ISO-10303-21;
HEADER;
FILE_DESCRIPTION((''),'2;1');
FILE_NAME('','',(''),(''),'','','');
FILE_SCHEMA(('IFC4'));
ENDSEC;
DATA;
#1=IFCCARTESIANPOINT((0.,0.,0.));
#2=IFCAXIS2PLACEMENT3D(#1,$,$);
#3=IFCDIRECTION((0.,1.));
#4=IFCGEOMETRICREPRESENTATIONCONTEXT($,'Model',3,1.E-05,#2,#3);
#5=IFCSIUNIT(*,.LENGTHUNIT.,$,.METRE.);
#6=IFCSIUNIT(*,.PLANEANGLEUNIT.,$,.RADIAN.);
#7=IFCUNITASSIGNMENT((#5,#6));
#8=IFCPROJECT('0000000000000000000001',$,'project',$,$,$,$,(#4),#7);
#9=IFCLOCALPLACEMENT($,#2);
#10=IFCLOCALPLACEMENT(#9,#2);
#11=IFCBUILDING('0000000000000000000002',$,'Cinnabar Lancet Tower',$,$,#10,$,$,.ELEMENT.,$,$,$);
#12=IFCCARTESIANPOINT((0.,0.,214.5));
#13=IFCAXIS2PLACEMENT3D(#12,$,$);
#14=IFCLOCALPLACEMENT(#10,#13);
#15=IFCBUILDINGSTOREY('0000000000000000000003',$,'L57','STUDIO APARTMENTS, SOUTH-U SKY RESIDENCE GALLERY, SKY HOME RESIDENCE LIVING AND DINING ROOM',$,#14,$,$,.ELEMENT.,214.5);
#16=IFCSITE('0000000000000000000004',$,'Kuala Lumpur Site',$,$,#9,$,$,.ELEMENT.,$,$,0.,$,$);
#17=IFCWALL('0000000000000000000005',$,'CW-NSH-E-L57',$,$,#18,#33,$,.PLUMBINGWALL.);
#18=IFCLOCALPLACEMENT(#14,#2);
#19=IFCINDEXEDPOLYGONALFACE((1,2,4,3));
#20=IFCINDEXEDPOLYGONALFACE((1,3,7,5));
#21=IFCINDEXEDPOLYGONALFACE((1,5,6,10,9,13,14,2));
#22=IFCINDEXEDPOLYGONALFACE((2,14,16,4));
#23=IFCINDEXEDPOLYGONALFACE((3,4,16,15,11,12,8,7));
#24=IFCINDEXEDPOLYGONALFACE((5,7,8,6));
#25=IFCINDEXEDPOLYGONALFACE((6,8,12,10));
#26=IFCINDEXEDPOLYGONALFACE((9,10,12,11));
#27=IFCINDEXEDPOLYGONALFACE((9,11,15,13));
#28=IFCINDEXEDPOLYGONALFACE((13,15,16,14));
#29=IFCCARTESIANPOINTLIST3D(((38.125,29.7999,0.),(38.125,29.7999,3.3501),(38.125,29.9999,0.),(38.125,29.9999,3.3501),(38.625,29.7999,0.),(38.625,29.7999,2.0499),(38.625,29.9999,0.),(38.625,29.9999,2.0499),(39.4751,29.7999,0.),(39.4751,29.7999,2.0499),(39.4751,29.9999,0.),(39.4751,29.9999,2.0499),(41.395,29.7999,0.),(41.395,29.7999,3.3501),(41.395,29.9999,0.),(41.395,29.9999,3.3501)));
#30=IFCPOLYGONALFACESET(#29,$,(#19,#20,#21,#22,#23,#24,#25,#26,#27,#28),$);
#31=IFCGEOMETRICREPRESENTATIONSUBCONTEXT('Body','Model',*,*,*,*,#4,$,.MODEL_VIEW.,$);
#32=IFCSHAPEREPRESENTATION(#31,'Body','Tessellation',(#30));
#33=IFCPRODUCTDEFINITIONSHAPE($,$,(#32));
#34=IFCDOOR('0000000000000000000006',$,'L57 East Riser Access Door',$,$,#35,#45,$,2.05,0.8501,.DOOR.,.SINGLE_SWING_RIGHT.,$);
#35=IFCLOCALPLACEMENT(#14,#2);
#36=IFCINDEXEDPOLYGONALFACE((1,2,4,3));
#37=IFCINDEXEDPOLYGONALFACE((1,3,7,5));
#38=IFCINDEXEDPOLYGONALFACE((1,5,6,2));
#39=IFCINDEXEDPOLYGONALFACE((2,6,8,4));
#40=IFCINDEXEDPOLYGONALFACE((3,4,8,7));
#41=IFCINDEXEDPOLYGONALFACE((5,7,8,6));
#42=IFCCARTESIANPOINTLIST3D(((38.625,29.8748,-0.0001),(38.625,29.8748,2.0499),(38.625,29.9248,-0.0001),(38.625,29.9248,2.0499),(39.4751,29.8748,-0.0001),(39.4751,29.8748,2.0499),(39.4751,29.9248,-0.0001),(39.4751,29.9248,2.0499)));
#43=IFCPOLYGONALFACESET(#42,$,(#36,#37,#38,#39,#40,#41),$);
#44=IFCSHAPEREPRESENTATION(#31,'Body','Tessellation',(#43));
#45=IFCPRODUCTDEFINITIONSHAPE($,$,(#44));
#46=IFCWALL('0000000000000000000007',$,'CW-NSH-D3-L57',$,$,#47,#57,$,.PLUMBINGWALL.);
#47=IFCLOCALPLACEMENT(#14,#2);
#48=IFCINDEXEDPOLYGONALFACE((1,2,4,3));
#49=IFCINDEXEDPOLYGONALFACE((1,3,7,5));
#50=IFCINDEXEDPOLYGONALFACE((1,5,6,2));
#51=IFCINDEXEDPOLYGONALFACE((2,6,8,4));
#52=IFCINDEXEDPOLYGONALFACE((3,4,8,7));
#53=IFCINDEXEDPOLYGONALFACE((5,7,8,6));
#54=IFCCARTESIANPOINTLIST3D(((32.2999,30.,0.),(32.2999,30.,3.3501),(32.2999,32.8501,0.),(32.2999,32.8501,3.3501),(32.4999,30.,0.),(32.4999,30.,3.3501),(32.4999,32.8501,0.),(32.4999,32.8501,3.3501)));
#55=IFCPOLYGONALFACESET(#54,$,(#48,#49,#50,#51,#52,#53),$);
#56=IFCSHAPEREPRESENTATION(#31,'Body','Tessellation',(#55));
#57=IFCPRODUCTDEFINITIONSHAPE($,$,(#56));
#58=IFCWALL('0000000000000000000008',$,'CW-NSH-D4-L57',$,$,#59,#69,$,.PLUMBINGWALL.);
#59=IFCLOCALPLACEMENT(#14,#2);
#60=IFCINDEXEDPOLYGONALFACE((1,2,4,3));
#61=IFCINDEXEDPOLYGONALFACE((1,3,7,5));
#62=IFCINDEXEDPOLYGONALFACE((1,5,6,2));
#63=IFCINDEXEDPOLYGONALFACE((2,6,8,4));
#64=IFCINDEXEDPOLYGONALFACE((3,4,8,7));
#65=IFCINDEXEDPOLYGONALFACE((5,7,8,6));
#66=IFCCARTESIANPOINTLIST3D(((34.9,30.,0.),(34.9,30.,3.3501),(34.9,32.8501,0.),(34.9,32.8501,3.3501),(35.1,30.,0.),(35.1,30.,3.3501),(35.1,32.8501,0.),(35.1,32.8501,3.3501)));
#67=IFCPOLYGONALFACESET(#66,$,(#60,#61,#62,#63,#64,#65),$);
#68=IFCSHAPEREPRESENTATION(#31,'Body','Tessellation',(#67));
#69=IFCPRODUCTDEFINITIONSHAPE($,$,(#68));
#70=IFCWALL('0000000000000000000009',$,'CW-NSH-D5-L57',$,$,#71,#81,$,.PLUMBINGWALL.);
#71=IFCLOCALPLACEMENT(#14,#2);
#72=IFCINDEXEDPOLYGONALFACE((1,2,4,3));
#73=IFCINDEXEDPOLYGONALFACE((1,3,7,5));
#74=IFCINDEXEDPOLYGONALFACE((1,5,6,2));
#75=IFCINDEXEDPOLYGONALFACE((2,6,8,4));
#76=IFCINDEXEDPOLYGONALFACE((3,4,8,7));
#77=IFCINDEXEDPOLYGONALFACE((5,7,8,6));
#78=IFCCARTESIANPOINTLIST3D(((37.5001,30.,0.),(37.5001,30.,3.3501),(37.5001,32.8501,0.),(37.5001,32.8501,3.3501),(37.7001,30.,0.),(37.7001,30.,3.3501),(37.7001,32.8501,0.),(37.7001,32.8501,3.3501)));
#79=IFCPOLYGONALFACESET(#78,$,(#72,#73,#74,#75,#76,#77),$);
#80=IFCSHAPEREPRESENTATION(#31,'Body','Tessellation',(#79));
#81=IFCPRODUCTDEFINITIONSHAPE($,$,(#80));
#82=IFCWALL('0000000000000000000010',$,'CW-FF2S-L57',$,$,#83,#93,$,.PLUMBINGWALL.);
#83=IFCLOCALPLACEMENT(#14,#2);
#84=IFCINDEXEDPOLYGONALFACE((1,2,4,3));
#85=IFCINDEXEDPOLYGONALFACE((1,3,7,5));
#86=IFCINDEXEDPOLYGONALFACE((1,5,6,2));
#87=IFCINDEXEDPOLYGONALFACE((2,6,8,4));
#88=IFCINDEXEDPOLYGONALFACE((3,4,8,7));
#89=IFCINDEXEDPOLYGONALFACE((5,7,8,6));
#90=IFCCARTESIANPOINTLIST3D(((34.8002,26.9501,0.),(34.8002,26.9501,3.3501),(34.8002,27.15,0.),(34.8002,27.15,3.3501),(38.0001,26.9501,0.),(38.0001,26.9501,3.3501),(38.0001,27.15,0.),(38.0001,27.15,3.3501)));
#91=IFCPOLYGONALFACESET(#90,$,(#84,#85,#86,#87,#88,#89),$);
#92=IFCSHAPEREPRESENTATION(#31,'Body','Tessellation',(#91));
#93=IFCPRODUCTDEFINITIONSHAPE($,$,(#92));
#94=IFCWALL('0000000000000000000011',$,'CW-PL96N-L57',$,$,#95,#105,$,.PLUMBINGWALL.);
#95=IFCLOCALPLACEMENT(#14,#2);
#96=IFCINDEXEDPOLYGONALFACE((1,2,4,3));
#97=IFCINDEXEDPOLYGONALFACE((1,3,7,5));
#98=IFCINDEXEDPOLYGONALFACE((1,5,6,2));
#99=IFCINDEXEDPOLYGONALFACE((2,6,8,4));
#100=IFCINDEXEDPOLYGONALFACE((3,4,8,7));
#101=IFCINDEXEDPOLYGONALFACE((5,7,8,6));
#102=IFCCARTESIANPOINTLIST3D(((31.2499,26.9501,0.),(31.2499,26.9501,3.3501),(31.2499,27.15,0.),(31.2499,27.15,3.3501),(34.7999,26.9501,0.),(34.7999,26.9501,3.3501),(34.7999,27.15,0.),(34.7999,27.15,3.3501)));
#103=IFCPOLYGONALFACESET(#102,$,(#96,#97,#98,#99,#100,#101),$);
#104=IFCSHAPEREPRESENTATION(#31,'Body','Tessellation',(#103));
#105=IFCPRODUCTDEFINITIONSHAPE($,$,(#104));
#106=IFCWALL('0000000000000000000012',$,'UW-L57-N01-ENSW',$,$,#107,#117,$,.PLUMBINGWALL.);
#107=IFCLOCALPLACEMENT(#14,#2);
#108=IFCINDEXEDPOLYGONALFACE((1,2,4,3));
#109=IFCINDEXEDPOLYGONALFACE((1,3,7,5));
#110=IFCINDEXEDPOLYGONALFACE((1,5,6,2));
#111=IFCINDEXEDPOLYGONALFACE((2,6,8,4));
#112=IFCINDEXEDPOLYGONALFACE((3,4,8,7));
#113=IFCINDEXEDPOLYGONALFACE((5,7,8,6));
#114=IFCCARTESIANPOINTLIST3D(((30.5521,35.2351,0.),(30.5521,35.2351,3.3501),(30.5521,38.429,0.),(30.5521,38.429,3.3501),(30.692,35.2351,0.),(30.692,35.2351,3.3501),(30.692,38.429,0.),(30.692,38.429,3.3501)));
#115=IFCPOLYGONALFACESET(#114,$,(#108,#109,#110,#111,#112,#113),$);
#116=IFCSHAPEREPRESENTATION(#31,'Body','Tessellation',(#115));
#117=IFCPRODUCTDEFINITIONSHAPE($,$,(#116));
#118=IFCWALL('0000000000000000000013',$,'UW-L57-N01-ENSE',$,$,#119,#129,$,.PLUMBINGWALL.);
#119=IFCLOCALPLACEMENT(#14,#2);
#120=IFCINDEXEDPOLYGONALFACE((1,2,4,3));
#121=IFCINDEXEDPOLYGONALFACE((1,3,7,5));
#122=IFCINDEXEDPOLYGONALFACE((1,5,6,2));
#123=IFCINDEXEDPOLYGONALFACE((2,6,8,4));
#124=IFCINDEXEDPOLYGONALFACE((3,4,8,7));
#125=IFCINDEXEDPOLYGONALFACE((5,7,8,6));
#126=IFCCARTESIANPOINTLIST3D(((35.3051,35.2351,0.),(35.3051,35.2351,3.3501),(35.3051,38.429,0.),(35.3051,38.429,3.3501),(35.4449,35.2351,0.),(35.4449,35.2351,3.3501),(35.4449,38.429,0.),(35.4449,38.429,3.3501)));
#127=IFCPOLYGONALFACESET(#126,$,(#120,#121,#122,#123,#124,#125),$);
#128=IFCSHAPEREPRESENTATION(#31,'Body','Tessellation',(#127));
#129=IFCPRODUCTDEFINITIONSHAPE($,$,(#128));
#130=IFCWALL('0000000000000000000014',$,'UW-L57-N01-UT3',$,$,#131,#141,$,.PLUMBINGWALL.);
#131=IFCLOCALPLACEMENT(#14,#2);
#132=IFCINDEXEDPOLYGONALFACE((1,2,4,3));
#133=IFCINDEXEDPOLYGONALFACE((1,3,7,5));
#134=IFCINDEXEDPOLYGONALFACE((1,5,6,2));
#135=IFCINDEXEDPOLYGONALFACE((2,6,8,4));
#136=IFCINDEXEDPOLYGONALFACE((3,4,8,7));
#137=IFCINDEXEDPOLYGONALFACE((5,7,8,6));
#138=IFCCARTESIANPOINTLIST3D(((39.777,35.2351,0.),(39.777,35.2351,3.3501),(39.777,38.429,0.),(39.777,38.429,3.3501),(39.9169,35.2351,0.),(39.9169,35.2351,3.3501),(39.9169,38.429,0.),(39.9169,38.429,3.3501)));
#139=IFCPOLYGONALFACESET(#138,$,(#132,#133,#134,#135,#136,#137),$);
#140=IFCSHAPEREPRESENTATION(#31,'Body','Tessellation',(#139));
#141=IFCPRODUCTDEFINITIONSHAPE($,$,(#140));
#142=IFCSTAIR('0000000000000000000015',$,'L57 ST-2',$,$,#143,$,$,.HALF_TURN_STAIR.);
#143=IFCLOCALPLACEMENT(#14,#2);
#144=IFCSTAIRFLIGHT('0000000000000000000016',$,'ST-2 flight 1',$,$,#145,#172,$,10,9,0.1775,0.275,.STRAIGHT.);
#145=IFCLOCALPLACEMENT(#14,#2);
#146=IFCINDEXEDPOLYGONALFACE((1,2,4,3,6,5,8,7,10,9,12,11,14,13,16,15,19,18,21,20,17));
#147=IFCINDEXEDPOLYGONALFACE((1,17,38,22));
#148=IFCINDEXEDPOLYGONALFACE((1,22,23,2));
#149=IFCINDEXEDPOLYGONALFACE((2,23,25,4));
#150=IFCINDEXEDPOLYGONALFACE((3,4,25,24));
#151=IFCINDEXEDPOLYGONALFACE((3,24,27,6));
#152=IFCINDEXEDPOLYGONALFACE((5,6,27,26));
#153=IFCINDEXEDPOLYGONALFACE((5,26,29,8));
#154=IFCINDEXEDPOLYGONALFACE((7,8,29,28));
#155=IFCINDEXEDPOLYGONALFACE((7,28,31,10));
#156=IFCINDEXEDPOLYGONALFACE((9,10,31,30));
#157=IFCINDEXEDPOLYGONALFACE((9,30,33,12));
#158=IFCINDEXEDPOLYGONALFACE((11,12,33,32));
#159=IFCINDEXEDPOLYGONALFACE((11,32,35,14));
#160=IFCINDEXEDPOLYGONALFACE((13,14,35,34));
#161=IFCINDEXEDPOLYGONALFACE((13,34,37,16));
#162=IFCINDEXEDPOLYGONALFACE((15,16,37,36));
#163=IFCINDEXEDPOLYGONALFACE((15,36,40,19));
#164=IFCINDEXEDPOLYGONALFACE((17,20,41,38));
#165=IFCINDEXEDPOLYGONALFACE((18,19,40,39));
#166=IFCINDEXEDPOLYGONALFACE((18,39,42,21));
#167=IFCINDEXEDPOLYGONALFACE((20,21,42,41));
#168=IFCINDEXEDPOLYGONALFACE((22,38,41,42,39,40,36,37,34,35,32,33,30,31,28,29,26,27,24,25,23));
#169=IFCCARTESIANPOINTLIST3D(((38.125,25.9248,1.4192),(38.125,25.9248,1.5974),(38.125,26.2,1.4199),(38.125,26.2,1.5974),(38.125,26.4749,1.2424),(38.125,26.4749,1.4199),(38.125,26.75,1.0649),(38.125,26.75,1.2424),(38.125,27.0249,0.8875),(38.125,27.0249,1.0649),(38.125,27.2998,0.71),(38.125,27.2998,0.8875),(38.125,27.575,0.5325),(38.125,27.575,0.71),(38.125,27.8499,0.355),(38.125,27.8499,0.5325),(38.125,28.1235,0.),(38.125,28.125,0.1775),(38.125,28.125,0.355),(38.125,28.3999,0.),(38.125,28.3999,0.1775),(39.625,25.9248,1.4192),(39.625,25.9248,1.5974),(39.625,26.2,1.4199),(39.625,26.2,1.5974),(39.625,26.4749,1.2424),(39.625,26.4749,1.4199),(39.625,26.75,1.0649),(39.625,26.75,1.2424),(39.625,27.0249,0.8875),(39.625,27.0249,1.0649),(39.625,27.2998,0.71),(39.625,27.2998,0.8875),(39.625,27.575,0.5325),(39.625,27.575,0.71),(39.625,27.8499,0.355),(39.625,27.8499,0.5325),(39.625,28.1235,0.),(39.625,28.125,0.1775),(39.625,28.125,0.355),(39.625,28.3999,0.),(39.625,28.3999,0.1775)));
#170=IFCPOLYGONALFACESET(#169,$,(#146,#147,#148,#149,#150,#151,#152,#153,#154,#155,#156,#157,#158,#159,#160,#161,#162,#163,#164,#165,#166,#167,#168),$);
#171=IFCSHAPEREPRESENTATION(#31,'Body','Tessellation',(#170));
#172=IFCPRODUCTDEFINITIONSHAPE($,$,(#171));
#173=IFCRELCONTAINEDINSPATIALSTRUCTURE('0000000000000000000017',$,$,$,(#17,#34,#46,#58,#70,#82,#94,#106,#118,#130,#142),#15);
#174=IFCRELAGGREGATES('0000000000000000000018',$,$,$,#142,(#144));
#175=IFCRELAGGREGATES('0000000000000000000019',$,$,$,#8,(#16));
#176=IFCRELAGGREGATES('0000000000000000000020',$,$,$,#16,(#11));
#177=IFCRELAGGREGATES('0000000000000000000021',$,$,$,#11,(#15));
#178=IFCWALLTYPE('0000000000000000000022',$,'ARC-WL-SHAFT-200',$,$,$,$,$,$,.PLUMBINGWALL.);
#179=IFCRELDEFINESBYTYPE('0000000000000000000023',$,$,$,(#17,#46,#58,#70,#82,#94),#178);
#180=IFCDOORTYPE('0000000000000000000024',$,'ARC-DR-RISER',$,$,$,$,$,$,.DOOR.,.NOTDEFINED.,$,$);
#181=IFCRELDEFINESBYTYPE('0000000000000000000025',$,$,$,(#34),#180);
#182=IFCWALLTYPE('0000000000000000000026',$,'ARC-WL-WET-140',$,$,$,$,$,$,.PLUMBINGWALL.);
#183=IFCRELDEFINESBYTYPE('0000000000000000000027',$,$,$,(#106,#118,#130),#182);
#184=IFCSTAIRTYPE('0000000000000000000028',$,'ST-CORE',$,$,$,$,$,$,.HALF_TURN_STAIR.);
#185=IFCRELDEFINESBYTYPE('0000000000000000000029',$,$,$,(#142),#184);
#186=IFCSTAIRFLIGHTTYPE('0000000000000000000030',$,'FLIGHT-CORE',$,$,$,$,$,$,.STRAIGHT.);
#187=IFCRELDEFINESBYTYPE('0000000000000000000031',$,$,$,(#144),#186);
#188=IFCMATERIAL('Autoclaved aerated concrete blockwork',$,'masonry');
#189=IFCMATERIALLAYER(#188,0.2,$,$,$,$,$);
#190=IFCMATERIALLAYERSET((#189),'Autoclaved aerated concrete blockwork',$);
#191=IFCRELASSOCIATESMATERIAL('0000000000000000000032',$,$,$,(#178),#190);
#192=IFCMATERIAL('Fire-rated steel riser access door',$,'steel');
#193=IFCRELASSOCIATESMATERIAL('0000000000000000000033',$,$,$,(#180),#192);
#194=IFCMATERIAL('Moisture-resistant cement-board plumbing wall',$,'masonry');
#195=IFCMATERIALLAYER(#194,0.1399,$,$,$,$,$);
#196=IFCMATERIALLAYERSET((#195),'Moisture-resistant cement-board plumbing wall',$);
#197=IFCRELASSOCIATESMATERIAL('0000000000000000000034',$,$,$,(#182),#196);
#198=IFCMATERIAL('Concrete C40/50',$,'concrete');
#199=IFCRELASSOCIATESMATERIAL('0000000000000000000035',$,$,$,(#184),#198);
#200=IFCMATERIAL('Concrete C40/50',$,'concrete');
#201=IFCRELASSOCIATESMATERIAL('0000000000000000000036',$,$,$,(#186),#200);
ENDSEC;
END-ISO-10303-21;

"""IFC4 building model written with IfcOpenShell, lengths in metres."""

from ifc_helpers import new_model, si_unit, direction, frame, frame_2d, origin, place, context, subcontext, project, spatial, polyline, rectangle, outline, extrude, material, layer, layer_set, type_object, element, fill, aggregate, save


model = new_model("IFC4")

# Units and contexts
model_context = context("Model", 3, precision=1e-05, world=origin(), true_north=direction((0.0, 1.0)))
body_context = subcontext(model_context, "Body", "Model", "MODEL_VIEW")
ifc_project = project(units=[si_unit("LENGTHUNIT", "METRE"), si_unit("PLANEANGLEUNIT", "RADIAN")], contexts=[model_context])

# Site, building, storey
site_placement = place(None, origin())
site = spatial("IfcSite", under=ifc_project, at=site_placement, Name="Kuala Lumpur Site", CompositionType="ELEMENT", RefElevation=0.0)
building_placement = place(site_placement, origin())
building = spatial("IfcBuilding", under=site, at=building_placement, Name="Cinnabar Lancet Tower", CompositionType="ELEMENT")
storey_placement = place(building_placement, frame((0.0, 0.0, 214.5)))
storey = spatial("IfcBuildingStorey", under=building, at=storey_placement, Name="L57", Description="STUDIO APARTMENTS, SOUTH-U SKY RESIDENCE GALLERY, SKY HOME RESIDENCE LIVING AND DINING ROOM", CompositionType="ELEMENT", Elevation=214.5)

# Shared definitions
ifc_material_1 = material(Name="Autoclaved aerated concrete blockwork", Category="masonry")
ifc_layer_1 = layer(ifc_material_1, 0.2)
ifc_layer_set_1 = layer_set([ifc_layer_1], Name="Autoclaved aerated concrete blockwork")
wall_type_1 = type_object("IfcWallType", Name="ARC-WL-SHAFT-200", PredefinedType="PLUMBINGWALL", material=ifc_layer_set_1)

# Wall, opening, door
wall_1_placement = place(storey_placement, frame((38.125, 29.8999, 0.0), z_axis=(0.0, 0.0, 1.0), x_axis=(1.0, 0.0, 0.0)))
wall_1 = element("IfcWall", 1, at=wall_1_placement, inside=storey, type_object=wall_type_1, Name="CW-NSH-E-L57", PredefinedType="PLUMBINGWALL", context=body_context, shape_type="SweptSolid", body=[
    extrude(rectangle(XDim=3.27, YDim=0.2, at=frame_2d((1.635, 0.0))), origin(), (0.0, 0.0, 1.0), 3.3501),
])
opening_1_placement = place(wall_1_placement, frame((0.5, 0.0, 0.0)))
opening_1 = element("IfcOpeningElement", 2, at=opening_1_placement, cuts=wall_1, PredefinedType="OPENING", context=body_context, shape_type="SweptSolid", body=[
    extrude(rectangle(XDim=0.8501, YDim=2.05, at=frame_2d((0.425, 1.0249))), frame((0.0, 0.1099, 0.0), z_axis=(0.0, -1.0, 0.0), x_axis=(1.0, 0.0, 0.0)), (0.0, 0.0, 1.0), 0.22),
])
ifc_material_2 = material(Name="Fire-rated steel riser access door", Category="steel")
door_type_1 = type_object("IfcDoorType", Name="ARC-DR-RISER", OperationType="NOTDEFINED", PredefinedType="DOOR", material=ifc_material_2)
door_1_placement = place(opening_1_placement, origin())
door_1 = element("IfcDoor", 3, at=door_1_placement, inside=storey, type_object=door_type_1, Name="L57 East Riser Access Door", OperationType="SINGLE_SWING_RIGHT", OverallHeight=2.05, OverallWidth=0.8501, PredefinedType="DOOR", context=body_context, shape_type="SweptSolid", body=[
    extrude(rectangle(XDim=0.8501, YDim=2.05, at=frame_2d((0.425, 1.0249))), frame((0.0, 0.0249, 0.0), z_axis=(0.0, -1.0, 0.0), x_axis=(1.0, 0.0, 0.0)), (0.0, 0.0, 1.0), 0.05),
])
fill(opening_1, door_1)

# Walls
for number, where, z_axis, x_axis, name in (
    (4, (32.3999, 30.0, 0.0), (0.0, 0.0, 1.0), (0.0, 1.0, 0.0), "CW-NSH-D3-L57"),
    (5, (35.0, 30.0, 0.0), (0.0, 0.0, 1.0), (0.0, 1.0, 0.0), "CW-NSH-D4-L57"),
    (6, (37.6001, 30.0, 0.0), (0.0, 0.0, 1.0), (0.0, 1.0, 0.0), "CW-NSH-D5-L57"),
):
    element("IfcWall", number, at=place(storey_placement, frame(where, z_axis=z_axis, x_axis=x_axis)), inside=storey, type_object=wall_type_1, Name=name, PredefinedType="PLUMBINGWALL", context=body_context, shape_type="SweptSolid", body=[
        extrude(rectangle(XDim=2.8501, YDim=0.2, at=frame_2d((1.425, 0.0))), origin(), (0.0, 0.0, 1.0), 3.3501),
    ])

# Walls
wall_2_placement = place(storey_placement, frame((34.8, 27.05, 0.0), z_axis=(0.0, 0.0, 1.0), x_axis=(1.0, 0.0, 0.0)))
element("IfcWall", 7, at=wall_2_placement, inside=storey, type_object=wall_type_1, Name="CW-FF2S-L57", PredefinedType="PLUMBINGWALL", context=body_context, shape_type="SweptSolid", body=[
    extrude(rectangle(XDim=3.2, YDim=0.2, at=frame_2d((1.6001, 0.0))), origin(), (0.0, 0.0, 1.0), 3.3501),
])
wall_3_placement = place(storey_placement, frame((31.25, 27.05, 0.0), z_axis=(0.0, 0.0, 1.0), x_axis=(1.0, 0.0, 0.0)))
element("IfcWall", 8, at=wall_3_placement, inside=storey, type_object=wall_type_1, Name="CW-PL96N-L57", PredefinedType="PLUMBINGWALL", context=body_context, shape_type="SweptSolid", body=[
    extrude(rectangle(XDim=3.55, YDim=0.2, at=frame_2d((1.7749, 0.0))), origin(), (0.0, 0.0, 1.0), 3.3501),
])
ifc_material_3 = material(Name="Moisture-resistant cement-board plumbing wall", Category="masonry")
ifc_layer_2 = layer(ifc_material_3, 0.1399)
ifc_layer_set_2 = layer_set([ifc_layer_2], Name="Moisture-resistant cement-board plumbing wall")
wall_type_2 = type_object("IfcWallType", Name="ARC-WL-WET-140", PredefinedType="PLUMBINGWALL", material=ifc_layer_set_2)
for number, where, z_axis, x_axis, name in (
    (9, (30.6221, 35.2351, 0.0), (0.0, 0.0, 1.0), (0.0, 1.0, 0.0), "UW-L57-N01-ENSW"),
    (10, (35.375, 35.2351, 0.0), (0.0, 0.0, 1.0), (0.0, 1.0, 0.0), "UW-L57-N01-ENSE"),
    (11, (39.8469, 35.2351, 0.0), (0.0, 0.0, 1.0), (0.0, 1.0, 0.0), "UW-L57-N01-UT3"),
):
    element("IfcWall", number, at=place(storey_placement, frame(where, z_axis=z_axis, x_axis=x_axis)), inside=storey, type_object=wall_type_2, Name=name, PredefinedType="PLUMBINGWALL", context=body_context, shape_type="SweptSolid", body=[
        extrude(rectangle(XDim=3.1938, YDim=0.1399, at=frame_2d((1.5969, 0.0))), origin(), (0.0, 0.0, 1.0), 3.3501),
    ])

# Stair, stair flight
ifc_material_4 = material(Name="Concrete C40/50", Category="concrete")
stair_type = type_object("IfcStairType", Name="ST-CORE", PredefinedType="HALF_TURN_STAIR", material=ifc_material_4)
stair_placement = place(storey_placement, origin())
stair = element("IfcStair", 12, at=stair_placement, inside=storey, type_object=stair_type, Name="L57 ST-2", PredefinedType="HALF_TURN_STAIR")
ifc_material_5 = material(Name="Concrete C40/50", Category="concrete")
stair_flight_type = type_object("IfcStairFlightType", Name="FLIGHT-CORE", PredefinedType="STRAIGHT", material=ifc_material_5)
stair_flight_placement = place(storey_placement, frame((38.875, 28.3999, 0.0), z_axis=(0.0, 0.0, 1.0), x_axis=(0.0, -1.0, 0.0)))
stair_flight = element("IfcStairFlight", 13, at=stair_flight_placement, type_object=stair_flight_type, Name="ST-2 flight 1", NumberOfRisers=10, NumberOfTreads=9, PredefinedType="STRAIGHT", RiserHeight=0.1775, TreadLength=0.275, context=body_context, shape_type="SweptSolid", body=[
    extrude(outline(polyline([(0.0, 0.0), (0.0, 0.1775), (0.2749, 0.1775), (0.2749, 0.355), (0.55, 0.355), (0.55, 0.5325), (0.825, 0.5325), (0.825, 0.71), (1.1001, 0.71), (1.1001, 0.8875), (1.375, 0.8875), (1.375, 1.0649), (1.6499, 1.0649), (1.6499, 1.2424), (1.925, 1.2424), (1.925, 1.4199), (2.2, 1.4199), (2.2, 1.5974), (2.4751, 1.5974), (2.4751, 1.7749), (2.4751, 1.4192), (0.2764, 0.0), (0.0, 0.0)])), frame((0.0, 0.75, 0.0), z_axis=(0.0, -1.0, 0.0), x_axis=(1.0, 0.0, 0.0)), (0.0, 0.0, 1.0), 1.5),
])
aggregate(stair, [stair_flight])

save(model, "model.ifc")
